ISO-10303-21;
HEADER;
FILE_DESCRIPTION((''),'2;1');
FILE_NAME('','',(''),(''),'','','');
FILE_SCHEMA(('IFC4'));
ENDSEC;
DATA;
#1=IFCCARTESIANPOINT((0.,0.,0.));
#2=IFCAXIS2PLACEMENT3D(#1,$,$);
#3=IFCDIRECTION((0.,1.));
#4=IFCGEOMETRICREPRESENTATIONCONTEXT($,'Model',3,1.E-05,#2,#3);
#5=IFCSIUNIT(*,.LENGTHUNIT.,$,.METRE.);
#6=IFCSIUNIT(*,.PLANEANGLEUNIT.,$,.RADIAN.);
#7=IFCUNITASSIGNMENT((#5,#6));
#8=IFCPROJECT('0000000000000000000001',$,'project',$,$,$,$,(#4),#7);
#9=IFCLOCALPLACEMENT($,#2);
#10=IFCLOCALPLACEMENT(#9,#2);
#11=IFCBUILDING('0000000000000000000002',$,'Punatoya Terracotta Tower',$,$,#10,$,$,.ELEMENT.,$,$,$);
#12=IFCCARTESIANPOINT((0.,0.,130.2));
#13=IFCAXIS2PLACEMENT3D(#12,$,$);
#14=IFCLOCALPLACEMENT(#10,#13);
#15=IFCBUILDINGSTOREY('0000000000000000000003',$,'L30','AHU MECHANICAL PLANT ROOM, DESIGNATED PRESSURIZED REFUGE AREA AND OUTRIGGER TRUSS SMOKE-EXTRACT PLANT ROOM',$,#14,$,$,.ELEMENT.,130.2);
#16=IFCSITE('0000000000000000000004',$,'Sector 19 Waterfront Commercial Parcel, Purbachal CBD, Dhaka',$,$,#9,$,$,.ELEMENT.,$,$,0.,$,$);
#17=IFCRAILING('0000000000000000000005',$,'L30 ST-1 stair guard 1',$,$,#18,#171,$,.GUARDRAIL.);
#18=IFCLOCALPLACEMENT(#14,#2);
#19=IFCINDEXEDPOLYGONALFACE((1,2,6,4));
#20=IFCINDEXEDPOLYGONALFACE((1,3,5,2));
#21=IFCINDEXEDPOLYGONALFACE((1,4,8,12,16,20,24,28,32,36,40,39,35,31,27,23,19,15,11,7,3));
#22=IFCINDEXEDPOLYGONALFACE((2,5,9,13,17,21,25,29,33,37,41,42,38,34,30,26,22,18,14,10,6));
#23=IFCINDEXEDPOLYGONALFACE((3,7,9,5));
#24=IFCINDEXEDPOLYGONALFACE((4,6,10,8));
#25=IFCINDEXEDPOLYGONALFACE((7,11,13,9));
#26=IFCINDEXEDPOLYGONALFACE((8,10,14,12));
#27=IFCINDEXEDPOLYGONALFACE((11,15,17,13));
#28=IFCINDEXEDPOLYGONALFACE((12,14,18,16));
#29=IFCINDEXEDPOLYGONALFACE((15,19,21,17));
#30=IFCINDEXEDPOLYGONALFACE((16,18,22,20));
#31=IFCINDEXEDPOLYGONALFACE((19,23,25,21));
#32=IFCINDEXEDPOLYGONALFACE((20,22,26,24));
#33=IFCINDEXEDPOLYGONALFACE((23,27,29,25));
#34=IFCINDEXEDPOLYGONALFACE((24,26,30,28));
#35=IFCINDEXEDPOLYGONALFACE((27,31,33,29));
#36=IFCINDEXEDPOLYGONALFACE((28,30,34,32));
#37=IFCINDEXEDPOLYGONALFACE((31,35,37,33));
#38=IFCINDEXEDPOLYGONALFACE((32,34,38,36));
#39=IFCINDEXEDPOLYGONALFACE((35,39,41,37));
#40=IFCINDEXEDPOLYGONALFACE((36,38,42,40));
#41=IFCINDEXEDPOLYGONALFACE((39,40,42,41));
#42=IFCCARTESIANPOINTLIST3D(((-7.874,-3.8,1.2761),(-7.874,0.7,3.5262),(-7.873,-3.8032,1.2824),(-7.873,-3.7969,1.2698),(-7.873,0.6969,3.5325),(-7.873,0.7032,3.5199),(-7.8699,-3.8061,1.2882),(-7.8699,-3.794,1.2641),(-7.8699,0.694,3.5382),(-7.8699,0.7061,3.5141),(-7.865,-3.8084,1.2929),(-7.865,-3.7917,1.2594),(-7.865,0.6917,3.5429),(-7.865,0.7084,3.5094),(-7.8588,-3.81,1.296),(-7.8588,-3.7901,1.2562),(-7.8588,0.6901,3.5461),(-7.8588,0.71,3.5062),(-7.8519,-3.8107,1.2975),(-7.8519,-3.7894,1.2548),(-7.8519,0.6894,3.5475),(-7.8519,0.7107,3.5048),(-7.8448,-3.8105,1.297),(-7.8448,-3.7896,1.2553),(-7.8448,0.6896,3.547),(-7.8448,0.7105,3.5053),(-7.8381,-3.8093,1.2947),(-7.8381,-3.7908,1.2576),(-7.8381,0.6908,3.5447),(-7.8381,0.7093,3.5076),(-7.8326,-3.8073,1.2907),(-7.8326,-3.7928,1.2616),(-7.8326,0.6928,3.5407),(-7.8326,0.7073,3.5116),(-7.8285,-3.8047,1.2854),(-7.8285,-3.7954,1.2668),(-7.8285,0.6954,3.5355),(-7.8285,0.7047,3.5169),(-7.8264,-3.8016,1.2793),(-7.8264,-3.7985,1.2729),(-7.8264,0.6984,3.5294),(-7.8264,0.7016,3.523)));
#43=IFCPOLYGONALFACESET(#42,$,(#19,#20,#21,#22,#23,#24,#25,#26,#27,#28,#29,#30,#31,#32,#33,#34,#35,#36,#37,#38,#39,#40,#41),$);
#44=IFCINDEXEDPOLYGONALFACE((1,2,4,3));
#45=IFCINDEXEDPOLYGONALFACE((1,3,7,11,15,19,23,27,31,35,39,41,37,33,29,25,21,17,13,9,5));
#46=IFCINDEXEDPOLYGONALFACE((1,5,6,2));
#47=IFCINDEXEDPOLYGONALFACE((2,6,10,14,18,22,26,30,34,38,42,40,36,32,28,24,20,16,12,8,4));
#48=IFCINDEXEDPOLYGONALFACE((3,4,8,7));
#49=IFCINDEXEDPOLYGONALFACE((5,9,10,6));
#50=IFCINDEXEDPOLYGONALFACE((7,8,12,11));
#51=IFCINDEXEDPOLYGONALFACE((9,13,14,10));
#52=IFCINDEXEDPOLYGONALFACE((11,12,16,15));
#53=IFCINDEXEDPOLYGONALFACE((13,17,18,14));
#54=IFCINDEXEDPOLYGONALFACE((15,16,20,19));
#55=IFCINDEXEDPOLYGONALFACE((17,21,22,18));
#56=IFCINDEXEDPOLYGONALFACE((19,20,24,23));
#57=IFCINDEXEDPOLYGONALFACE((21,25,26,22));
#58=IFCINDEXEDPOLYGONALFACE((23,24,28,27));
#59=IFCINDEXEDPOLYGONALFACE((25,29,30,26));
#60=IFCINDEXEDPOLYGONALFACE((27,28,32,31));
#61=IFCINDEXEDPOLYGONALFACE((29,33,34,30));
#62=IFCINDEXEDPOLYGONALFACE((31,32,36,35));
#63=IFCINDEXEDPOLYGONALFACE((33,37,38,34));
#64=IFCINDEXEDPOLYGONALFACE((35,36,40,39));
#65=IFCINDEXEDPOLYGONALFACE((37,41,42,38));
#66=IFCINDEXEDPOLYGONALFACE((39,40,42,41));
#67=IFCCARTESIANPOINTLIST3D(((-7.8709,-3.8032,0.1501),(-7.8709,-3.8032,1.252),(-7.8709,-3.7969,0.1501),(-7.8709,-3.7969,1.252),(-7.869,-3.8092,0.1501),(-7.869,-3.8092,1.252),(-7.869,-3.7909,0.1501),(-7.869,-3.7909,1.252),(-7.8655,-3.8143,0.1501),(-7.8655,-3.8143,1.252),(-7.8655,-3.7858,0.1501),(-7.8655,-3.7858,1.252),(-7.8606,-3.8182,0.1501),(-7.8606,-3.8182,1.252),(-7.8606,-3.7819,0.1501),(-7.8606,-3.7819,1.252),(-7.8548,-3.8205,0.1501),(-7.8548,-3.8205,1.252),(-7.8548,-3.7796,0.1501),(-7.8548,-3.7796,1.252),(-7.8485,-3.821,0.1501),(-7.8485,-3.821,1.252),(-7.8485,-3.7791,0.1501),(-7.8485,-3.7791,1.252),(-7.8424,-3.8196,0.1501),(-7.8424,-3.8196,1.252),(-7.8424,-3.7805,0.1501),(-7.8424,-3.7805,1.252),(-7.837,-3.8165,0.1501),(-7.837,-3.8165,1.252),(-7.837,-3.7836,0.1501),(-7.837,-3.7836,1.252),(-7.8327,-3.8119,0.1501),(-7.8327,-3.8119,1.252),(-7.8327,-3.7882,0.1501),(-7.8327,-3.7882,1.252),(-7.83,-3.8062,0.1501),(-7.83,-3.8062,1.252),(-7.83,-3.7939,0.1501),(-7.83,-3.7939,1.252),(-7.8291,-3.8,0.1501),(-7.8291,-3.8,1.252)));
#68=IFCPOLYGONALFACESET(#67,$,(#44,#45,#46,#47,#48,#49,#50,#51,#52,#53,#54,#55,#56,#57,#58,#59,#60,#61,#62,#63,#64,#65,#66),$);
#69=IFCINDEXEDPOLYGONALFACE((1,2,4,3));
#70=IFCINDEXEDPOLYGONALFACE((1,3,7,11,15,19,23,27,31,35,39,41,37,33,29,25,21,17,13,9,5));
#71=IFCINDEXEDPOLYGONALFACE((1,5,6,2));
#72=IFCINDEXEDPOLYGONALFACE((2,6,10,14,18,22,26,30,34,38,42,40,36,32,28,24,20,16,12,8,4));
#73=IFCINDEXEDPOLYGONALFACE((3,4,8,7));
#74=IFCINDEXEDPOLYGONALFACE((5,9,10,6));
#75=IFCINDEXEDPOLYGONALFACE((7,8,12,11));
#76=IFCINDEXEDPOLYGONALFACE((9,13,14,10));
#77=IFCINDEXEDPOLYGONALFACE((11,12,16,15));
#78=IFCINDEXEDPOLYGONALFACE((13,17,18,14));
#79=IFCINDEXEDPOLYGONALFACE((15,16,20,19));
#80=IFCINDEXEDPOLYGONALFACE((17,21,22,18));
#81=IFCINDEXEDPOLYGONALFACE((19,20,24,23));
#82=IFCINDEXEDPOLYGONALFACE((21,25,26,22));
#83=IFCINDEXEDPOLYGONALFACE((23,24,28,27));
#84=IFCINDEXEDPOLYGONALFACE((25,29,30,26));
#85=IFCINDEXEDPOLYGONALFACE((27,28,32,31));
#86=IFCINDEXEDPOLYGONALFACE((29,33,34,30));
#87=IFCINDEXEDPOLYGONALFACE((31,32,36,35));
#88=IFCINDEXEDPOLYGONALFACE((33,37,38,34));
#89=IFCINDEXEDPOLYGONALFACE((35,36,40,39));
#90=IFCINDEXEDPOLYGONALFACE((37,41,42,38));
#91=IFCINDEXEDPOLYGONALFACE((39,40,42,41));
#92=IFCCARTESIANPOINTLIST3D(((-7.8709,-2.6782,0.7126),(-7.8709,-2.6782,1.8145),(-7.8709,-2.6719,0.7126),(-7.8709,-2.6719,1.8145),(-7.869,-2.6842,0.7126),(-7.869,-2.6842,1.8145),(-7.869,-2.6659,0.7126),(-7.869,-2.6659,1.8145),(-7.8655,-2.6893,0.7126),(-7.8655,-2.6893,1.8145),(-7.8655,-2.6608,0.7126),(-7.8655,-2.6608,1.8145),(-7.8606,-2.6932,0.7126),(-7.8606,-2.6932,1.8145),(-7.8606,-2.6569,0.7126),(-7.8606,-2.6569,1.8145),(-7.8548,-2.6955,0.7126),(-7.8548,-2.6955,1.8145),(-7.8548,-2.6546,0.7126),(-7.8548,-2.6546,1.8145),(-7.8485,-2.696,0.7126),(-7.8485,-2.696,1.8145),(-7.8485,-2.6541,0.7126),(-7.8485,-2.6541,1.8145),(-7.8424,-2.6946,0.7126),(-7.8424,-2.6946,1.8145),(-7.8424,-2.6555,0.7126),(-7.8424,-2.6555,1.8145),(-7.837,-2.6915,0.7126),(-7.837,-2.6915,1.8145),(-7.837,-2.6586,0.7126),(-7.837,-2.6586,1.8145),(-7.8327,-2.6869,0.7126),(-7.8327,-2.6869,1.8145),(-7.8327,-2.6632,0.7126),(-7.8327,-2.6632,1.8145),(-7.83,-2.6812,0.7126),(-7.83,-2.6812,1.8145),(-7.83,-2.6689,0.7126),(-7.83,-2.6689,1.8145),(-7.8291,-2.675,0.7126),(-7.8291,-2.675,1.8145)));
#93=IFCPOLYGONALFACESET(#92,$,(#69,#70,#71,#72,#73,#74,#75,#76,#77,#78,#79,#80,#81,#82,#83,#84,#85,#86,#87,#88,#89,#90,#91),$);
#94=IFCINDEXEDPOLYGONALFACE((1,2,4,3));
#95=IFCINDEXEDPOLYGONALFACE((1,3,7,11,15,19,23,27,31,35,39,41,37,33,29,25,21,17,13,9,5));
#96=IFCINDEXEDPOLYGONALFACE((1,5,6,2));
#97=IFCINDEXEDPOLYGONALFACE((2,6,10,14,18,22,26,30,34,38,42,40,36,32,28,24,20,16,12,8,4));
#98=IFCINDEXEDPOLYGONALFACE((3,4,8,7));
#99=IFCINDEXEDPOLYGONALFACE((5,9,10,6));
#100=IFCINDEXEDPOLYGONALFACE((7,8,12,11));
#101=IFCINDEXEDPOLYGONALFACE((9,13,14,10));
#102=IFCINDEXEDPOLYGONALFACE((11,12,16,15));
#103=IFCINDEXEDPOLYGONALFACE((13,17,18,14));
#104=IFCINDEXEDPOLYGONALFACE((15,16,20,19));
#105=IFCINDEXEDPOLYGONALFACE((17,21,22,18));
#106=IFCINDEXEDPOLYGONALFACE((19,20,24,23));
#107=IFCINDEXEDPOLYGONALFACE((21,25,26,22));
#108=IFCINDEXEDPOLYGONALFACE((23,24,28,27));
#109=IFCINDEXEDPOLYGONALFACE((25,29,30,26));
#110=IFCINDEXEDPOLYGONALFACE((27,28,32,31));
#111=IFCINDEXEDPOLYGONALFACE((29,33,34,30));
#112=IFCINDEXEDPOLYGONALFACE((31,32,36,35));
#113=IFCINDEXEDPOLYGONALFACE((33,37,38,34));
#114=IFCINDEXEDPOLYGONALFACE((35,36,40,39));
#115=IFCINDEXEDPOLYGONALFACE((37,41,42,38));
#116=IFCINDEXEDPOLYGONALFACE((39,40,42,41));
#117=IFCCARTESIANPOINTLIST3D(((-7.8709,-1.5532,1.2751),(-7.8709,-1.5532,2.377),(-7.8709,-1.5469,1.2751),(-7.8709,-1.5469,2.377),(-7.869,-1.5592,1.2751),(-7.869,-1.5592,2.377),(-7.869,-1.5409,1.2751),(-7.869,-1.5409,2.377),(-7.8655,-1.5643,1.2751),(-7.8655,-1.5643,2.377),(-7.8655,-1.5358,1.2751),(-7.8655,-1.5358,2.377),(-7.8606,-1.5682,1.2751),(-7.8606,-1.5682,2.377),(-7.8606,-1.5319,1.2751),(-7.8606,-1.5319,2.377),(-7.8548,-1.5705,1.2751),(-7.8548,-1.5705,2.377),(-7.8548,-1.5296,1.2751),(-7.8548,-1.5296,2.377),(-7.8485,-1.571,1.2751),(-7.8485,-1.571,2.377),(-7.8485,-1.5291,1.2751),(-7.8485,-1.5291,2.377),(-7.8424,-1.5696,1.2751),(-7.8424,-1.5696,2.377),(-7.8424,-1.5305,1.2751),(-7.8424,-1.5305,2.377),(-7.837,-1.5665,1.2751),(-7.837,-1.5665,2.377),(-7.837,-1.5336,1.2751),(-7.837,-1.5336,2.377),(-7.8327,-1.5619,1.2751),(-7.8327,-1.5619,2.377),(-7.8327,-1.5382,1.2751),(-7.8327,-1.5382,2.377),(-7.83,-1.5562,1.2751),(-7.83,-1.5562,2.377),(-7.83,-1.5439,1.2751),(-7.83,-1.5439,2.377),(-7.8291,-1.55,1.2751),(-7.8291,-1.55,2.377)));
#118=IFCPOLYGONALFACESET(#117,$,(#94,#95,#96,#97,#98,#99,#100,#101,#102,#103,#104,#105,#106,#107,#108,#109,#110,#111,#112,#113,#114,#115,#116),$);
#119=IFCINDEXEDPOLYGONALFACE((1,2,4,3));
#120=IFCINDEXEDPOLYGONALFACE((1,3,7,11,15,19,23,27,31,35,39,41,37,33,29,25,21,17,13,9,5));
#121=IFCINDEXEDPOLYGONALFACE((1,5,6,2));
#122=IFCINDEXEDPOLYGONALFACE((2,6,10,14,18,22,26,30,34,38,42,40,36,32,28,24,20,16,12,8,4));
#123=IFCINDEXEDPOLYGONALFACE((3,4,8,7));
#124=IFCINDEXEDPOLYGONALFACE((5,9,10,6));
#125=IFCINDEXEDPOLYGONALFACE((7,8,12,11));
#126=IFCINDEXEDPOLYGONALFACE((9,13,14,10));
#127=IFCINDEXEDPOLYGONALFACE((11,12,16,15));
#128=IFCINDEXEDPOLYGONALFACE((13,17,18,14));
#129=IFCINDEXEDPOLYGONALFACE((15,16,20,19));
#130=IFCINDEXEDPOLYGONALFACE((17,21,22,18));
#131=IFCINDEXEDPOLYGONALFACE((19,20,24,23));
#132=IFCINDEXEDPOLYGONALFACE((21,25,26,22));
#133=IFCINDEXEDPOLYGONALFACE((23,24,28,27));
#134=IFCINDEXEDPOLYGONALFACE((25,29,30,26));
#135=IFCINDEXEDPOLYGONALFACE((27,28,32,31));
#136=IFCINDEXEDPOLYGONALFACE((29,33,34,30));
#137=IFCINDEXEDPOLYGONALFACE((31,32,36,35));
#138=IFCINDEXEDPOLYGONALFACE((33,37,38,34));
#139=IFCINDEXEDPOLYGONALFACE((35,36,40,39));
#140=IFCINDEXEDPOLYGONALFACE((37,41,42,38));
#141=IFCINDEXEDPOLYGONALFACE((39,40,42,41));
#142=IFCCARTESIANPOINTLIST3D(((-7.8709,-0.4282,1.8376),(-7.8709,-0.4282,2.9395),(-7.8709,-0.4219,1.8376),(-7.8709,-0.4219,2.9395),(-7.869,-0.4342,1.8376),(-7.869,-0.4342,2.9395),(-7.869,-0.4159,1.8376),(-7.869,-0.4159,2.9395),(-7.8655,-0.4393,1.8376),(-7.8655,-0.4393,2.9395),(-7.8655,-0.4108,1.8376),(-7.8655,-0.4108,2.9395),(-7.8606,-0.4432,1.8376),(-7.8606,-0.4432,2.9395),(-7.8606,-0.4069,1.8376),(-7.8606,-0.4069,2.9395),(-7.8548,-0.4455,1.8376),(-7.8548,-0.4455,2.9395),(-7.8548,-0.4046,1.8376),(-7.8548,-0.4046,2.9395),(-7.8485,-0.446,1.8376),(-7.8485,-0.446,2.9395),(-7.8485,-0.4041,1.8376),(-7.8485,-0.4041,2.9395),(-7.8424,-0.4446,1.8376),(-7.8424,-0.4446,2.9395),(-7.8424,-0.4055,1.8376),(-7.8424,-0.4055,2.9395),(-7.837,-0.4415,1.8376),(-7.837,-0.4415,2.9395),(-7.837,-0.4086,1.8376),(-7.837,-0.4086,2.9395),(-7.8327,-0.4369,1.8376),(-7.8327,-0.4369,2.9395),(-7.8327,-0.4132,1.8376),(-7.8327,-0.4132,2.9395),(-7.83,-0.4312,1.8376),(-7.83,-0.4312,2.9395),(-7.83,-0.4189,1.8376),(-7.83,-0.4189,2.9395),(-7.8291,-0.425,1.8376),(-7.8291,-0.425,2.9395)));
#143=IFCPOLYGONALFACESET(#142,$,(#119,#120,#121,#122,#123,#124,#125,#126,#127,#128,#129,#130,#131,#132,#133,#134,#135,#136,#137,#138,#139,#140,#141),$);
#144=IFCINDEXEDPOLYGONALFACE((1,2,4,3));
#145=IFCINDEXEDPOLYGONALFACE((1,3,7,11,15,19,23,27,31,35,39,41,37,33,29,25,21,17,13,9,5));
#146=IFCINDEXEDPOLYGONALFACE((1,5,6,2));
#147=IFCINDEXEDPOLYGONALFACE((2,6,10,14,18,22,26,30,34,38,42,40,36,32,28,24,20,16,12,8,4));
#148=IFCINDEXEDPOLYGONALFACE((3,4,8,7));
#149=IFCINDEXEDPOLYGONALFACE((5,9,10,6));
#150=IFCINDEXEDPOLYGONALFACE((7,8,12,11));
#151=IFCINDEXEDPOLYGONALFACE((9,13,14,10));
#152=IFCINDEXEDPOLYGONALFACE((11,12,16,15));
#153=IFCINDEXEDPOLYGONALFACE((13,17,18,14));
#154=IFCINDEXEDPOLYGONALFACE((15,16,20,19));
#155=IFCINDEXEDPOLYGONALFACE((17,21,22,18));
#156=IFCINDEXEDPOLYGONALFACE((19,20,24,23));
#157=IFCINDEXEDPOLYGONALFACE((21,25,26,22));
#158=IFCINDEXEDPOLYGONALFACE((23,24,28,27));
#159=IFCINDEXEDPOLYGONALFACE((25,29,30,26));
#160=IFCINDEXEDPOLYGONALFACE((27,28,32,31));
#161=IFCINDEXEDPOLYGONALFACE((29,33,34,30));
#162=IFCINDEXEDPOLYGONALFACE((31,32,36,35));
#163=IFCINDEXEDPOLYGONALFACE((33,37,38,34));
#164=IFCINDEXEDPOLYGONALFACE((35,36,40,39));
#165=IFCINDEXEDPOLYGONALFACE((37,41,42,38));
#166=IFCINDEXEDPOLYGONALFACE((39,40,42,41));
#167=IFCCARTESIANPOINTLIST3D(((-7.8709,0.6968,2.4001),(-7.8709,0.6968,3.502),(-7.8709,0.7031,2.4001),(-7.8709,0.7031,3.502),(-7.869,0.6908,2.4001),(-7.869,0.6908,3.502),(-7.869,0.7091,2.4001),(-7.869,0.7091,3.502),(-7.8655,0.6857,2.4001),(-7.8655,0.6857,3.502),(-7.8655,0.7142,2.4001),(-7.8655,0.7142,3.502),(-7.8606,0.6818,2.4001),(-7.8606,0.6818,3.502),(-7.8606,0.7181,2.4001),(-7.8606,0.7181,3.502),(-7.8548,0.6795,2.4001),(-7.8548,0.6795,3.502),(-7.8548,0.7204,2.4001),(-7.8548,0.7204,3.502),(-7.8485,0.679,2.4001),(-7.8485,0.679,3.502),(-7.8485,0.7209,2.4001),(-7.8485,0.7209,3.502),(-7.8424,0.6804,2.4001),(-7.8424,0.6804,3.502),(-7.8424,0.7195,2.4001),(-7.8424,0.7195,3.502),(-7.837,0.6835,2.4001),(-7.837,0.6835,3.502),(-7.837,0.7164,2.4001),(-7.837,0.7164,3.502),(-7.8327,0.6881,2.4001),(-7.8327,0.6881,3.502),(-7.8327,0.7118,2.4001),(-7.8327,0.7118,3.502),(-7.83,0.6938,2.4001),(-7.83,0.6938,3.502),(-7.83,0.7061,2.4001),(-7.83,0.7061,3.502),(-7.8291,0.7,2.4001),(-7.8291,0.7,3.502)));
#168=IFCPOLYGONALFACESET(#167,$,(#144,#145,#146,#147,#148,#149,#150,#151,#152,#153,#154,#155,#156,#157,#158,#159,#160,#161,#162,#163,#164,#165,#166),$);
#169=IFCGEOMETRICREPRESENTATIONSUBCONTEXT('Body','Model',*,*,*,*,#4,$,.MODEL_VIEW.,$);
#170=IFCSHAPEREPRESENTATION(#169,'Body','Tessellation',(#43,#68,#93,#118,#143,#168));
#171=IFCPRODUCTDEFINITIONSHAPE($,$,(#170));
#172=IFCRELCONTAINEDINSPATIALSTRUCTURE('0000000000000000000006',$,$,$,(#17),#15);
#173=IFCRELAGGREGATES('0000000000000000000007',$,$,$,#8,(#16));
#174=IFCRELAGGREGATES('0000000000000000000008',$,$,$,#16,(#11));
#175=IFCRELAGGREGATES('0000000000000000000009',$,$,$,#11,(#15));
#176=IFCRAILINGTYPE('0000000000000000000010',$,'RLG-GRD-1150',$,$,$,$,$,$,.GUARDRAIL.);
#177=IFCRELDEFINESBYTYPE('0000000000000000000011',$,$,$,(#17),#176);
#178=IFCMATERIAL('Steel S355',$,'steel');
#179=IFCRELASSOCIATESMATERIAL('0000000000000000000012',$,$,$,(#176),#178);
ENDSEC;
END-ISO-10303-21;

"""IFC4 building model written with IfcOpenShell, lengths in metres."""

from ifc_helpers import new_model, si_unit, direction, frame, origin, origin_2d, place, context, subcontext, project, spatial, circle, extrude, material, type_object, element, save


model = new_model("IFC4")

# Units and contexts
model_context = context("Model", 3, precision=1e-05, world=origin(), true_north=direction((0.0, 1.0)))
body_context = subcontext(model_context, "Body", "Model", "MODEL_VIEW")
ifc_project = project(units=[si_unit("LENGTHUNIT", "METRE"), si_unit("PLANEANGLEUNIT", "RADIAN")], contexts=[model_context])

# Site, building, storey
site_placement = place(None, origin())
site = spatial("IfcSite", under=ifc_project, at=site_placement, Name="Sector 19 Waterfront Commercial Parcel, Purbachal CBD, Dhaka", CompositionType="ELEMENT", RefElevation=0.0)
building_placement = place(site_placement, origin())
building = spatial("IfcBuilding", under=site, at=building_placement, Name="Punatoya Terracotta Tower", CompositionType="ELEMENT")
storey_placement = place(building_placement, frame((0.0, 0.0, 130.2)))
storey = spatial("IfcBuildingStorey", under=building, at=storey_placement, Name="L30", Description="AHU MECHANICAL PLANT ROOM, DESIGNATED PRESSURIZED REFUGE AREA AND OUTRIGGER TRUSS SMOKE-EXTRACT PLANT ROOM", CompositionType="ELEMENT", Elevation=130.2)

# Shared definitions
ifc_material_1 = material(Name="Steel S355", Category="steel")

# Railing
railing_type_1 = type_object("IfcRailingType", Name="RLG-GRD-1150", PredefinedType="GUARDRAIL", material=ifc_material_1)
railing_1_placement = place(storey_placement, frame((-7.8501, -3.8, 0.1501)))
element("IfcRailing", 1, at=railing_1_placement, inside=storey, type_object=railing_type_1, Name="L30 ST-1 stair guard 1", PredefinedType="GUARDRAIL", context=body_context, shape_type="SweptSolid", body=[
    extrude(circle(Radius=0.0239, at=origin_2d()), frame((0.0, 0.0, 1.126), z_axis=(0.0, 0.894427, 0.447214), x_axis=(-1.0, 0.0, 0.0)), (0.0, 0.0, 1.0), 5.0312),
    extrude(circle(Radius=0.021, at=origin_2d()), origin(), (0.0, 0.0, 1.0), 1.1018),
    extrude(circle(Radius=0.021, at=origin_2d()), frame((0.0, 1.125, 0.5625)), (0.0, 0.0, 1.0), 1.1018),
    extrude(circle(Radius=0.021, at=origin_2d()), frame((0.0, 2.25, 1.125)), (0.0, 0.0, 1.0), 1.1018),
    extrude(circle(Radius=0.021, at=origin_2d()), frame((0.0, 3.375, 1.6875)), (0.0, 0.0, 1.0), 1.1018),
    extrude(circle(Radius=0.021, at=origin_2d()), frame((0.0, 4.5, 2.25)), (0.0, 0.0, 1.0), 1.1018),
])

save(model, "model.ifc")
